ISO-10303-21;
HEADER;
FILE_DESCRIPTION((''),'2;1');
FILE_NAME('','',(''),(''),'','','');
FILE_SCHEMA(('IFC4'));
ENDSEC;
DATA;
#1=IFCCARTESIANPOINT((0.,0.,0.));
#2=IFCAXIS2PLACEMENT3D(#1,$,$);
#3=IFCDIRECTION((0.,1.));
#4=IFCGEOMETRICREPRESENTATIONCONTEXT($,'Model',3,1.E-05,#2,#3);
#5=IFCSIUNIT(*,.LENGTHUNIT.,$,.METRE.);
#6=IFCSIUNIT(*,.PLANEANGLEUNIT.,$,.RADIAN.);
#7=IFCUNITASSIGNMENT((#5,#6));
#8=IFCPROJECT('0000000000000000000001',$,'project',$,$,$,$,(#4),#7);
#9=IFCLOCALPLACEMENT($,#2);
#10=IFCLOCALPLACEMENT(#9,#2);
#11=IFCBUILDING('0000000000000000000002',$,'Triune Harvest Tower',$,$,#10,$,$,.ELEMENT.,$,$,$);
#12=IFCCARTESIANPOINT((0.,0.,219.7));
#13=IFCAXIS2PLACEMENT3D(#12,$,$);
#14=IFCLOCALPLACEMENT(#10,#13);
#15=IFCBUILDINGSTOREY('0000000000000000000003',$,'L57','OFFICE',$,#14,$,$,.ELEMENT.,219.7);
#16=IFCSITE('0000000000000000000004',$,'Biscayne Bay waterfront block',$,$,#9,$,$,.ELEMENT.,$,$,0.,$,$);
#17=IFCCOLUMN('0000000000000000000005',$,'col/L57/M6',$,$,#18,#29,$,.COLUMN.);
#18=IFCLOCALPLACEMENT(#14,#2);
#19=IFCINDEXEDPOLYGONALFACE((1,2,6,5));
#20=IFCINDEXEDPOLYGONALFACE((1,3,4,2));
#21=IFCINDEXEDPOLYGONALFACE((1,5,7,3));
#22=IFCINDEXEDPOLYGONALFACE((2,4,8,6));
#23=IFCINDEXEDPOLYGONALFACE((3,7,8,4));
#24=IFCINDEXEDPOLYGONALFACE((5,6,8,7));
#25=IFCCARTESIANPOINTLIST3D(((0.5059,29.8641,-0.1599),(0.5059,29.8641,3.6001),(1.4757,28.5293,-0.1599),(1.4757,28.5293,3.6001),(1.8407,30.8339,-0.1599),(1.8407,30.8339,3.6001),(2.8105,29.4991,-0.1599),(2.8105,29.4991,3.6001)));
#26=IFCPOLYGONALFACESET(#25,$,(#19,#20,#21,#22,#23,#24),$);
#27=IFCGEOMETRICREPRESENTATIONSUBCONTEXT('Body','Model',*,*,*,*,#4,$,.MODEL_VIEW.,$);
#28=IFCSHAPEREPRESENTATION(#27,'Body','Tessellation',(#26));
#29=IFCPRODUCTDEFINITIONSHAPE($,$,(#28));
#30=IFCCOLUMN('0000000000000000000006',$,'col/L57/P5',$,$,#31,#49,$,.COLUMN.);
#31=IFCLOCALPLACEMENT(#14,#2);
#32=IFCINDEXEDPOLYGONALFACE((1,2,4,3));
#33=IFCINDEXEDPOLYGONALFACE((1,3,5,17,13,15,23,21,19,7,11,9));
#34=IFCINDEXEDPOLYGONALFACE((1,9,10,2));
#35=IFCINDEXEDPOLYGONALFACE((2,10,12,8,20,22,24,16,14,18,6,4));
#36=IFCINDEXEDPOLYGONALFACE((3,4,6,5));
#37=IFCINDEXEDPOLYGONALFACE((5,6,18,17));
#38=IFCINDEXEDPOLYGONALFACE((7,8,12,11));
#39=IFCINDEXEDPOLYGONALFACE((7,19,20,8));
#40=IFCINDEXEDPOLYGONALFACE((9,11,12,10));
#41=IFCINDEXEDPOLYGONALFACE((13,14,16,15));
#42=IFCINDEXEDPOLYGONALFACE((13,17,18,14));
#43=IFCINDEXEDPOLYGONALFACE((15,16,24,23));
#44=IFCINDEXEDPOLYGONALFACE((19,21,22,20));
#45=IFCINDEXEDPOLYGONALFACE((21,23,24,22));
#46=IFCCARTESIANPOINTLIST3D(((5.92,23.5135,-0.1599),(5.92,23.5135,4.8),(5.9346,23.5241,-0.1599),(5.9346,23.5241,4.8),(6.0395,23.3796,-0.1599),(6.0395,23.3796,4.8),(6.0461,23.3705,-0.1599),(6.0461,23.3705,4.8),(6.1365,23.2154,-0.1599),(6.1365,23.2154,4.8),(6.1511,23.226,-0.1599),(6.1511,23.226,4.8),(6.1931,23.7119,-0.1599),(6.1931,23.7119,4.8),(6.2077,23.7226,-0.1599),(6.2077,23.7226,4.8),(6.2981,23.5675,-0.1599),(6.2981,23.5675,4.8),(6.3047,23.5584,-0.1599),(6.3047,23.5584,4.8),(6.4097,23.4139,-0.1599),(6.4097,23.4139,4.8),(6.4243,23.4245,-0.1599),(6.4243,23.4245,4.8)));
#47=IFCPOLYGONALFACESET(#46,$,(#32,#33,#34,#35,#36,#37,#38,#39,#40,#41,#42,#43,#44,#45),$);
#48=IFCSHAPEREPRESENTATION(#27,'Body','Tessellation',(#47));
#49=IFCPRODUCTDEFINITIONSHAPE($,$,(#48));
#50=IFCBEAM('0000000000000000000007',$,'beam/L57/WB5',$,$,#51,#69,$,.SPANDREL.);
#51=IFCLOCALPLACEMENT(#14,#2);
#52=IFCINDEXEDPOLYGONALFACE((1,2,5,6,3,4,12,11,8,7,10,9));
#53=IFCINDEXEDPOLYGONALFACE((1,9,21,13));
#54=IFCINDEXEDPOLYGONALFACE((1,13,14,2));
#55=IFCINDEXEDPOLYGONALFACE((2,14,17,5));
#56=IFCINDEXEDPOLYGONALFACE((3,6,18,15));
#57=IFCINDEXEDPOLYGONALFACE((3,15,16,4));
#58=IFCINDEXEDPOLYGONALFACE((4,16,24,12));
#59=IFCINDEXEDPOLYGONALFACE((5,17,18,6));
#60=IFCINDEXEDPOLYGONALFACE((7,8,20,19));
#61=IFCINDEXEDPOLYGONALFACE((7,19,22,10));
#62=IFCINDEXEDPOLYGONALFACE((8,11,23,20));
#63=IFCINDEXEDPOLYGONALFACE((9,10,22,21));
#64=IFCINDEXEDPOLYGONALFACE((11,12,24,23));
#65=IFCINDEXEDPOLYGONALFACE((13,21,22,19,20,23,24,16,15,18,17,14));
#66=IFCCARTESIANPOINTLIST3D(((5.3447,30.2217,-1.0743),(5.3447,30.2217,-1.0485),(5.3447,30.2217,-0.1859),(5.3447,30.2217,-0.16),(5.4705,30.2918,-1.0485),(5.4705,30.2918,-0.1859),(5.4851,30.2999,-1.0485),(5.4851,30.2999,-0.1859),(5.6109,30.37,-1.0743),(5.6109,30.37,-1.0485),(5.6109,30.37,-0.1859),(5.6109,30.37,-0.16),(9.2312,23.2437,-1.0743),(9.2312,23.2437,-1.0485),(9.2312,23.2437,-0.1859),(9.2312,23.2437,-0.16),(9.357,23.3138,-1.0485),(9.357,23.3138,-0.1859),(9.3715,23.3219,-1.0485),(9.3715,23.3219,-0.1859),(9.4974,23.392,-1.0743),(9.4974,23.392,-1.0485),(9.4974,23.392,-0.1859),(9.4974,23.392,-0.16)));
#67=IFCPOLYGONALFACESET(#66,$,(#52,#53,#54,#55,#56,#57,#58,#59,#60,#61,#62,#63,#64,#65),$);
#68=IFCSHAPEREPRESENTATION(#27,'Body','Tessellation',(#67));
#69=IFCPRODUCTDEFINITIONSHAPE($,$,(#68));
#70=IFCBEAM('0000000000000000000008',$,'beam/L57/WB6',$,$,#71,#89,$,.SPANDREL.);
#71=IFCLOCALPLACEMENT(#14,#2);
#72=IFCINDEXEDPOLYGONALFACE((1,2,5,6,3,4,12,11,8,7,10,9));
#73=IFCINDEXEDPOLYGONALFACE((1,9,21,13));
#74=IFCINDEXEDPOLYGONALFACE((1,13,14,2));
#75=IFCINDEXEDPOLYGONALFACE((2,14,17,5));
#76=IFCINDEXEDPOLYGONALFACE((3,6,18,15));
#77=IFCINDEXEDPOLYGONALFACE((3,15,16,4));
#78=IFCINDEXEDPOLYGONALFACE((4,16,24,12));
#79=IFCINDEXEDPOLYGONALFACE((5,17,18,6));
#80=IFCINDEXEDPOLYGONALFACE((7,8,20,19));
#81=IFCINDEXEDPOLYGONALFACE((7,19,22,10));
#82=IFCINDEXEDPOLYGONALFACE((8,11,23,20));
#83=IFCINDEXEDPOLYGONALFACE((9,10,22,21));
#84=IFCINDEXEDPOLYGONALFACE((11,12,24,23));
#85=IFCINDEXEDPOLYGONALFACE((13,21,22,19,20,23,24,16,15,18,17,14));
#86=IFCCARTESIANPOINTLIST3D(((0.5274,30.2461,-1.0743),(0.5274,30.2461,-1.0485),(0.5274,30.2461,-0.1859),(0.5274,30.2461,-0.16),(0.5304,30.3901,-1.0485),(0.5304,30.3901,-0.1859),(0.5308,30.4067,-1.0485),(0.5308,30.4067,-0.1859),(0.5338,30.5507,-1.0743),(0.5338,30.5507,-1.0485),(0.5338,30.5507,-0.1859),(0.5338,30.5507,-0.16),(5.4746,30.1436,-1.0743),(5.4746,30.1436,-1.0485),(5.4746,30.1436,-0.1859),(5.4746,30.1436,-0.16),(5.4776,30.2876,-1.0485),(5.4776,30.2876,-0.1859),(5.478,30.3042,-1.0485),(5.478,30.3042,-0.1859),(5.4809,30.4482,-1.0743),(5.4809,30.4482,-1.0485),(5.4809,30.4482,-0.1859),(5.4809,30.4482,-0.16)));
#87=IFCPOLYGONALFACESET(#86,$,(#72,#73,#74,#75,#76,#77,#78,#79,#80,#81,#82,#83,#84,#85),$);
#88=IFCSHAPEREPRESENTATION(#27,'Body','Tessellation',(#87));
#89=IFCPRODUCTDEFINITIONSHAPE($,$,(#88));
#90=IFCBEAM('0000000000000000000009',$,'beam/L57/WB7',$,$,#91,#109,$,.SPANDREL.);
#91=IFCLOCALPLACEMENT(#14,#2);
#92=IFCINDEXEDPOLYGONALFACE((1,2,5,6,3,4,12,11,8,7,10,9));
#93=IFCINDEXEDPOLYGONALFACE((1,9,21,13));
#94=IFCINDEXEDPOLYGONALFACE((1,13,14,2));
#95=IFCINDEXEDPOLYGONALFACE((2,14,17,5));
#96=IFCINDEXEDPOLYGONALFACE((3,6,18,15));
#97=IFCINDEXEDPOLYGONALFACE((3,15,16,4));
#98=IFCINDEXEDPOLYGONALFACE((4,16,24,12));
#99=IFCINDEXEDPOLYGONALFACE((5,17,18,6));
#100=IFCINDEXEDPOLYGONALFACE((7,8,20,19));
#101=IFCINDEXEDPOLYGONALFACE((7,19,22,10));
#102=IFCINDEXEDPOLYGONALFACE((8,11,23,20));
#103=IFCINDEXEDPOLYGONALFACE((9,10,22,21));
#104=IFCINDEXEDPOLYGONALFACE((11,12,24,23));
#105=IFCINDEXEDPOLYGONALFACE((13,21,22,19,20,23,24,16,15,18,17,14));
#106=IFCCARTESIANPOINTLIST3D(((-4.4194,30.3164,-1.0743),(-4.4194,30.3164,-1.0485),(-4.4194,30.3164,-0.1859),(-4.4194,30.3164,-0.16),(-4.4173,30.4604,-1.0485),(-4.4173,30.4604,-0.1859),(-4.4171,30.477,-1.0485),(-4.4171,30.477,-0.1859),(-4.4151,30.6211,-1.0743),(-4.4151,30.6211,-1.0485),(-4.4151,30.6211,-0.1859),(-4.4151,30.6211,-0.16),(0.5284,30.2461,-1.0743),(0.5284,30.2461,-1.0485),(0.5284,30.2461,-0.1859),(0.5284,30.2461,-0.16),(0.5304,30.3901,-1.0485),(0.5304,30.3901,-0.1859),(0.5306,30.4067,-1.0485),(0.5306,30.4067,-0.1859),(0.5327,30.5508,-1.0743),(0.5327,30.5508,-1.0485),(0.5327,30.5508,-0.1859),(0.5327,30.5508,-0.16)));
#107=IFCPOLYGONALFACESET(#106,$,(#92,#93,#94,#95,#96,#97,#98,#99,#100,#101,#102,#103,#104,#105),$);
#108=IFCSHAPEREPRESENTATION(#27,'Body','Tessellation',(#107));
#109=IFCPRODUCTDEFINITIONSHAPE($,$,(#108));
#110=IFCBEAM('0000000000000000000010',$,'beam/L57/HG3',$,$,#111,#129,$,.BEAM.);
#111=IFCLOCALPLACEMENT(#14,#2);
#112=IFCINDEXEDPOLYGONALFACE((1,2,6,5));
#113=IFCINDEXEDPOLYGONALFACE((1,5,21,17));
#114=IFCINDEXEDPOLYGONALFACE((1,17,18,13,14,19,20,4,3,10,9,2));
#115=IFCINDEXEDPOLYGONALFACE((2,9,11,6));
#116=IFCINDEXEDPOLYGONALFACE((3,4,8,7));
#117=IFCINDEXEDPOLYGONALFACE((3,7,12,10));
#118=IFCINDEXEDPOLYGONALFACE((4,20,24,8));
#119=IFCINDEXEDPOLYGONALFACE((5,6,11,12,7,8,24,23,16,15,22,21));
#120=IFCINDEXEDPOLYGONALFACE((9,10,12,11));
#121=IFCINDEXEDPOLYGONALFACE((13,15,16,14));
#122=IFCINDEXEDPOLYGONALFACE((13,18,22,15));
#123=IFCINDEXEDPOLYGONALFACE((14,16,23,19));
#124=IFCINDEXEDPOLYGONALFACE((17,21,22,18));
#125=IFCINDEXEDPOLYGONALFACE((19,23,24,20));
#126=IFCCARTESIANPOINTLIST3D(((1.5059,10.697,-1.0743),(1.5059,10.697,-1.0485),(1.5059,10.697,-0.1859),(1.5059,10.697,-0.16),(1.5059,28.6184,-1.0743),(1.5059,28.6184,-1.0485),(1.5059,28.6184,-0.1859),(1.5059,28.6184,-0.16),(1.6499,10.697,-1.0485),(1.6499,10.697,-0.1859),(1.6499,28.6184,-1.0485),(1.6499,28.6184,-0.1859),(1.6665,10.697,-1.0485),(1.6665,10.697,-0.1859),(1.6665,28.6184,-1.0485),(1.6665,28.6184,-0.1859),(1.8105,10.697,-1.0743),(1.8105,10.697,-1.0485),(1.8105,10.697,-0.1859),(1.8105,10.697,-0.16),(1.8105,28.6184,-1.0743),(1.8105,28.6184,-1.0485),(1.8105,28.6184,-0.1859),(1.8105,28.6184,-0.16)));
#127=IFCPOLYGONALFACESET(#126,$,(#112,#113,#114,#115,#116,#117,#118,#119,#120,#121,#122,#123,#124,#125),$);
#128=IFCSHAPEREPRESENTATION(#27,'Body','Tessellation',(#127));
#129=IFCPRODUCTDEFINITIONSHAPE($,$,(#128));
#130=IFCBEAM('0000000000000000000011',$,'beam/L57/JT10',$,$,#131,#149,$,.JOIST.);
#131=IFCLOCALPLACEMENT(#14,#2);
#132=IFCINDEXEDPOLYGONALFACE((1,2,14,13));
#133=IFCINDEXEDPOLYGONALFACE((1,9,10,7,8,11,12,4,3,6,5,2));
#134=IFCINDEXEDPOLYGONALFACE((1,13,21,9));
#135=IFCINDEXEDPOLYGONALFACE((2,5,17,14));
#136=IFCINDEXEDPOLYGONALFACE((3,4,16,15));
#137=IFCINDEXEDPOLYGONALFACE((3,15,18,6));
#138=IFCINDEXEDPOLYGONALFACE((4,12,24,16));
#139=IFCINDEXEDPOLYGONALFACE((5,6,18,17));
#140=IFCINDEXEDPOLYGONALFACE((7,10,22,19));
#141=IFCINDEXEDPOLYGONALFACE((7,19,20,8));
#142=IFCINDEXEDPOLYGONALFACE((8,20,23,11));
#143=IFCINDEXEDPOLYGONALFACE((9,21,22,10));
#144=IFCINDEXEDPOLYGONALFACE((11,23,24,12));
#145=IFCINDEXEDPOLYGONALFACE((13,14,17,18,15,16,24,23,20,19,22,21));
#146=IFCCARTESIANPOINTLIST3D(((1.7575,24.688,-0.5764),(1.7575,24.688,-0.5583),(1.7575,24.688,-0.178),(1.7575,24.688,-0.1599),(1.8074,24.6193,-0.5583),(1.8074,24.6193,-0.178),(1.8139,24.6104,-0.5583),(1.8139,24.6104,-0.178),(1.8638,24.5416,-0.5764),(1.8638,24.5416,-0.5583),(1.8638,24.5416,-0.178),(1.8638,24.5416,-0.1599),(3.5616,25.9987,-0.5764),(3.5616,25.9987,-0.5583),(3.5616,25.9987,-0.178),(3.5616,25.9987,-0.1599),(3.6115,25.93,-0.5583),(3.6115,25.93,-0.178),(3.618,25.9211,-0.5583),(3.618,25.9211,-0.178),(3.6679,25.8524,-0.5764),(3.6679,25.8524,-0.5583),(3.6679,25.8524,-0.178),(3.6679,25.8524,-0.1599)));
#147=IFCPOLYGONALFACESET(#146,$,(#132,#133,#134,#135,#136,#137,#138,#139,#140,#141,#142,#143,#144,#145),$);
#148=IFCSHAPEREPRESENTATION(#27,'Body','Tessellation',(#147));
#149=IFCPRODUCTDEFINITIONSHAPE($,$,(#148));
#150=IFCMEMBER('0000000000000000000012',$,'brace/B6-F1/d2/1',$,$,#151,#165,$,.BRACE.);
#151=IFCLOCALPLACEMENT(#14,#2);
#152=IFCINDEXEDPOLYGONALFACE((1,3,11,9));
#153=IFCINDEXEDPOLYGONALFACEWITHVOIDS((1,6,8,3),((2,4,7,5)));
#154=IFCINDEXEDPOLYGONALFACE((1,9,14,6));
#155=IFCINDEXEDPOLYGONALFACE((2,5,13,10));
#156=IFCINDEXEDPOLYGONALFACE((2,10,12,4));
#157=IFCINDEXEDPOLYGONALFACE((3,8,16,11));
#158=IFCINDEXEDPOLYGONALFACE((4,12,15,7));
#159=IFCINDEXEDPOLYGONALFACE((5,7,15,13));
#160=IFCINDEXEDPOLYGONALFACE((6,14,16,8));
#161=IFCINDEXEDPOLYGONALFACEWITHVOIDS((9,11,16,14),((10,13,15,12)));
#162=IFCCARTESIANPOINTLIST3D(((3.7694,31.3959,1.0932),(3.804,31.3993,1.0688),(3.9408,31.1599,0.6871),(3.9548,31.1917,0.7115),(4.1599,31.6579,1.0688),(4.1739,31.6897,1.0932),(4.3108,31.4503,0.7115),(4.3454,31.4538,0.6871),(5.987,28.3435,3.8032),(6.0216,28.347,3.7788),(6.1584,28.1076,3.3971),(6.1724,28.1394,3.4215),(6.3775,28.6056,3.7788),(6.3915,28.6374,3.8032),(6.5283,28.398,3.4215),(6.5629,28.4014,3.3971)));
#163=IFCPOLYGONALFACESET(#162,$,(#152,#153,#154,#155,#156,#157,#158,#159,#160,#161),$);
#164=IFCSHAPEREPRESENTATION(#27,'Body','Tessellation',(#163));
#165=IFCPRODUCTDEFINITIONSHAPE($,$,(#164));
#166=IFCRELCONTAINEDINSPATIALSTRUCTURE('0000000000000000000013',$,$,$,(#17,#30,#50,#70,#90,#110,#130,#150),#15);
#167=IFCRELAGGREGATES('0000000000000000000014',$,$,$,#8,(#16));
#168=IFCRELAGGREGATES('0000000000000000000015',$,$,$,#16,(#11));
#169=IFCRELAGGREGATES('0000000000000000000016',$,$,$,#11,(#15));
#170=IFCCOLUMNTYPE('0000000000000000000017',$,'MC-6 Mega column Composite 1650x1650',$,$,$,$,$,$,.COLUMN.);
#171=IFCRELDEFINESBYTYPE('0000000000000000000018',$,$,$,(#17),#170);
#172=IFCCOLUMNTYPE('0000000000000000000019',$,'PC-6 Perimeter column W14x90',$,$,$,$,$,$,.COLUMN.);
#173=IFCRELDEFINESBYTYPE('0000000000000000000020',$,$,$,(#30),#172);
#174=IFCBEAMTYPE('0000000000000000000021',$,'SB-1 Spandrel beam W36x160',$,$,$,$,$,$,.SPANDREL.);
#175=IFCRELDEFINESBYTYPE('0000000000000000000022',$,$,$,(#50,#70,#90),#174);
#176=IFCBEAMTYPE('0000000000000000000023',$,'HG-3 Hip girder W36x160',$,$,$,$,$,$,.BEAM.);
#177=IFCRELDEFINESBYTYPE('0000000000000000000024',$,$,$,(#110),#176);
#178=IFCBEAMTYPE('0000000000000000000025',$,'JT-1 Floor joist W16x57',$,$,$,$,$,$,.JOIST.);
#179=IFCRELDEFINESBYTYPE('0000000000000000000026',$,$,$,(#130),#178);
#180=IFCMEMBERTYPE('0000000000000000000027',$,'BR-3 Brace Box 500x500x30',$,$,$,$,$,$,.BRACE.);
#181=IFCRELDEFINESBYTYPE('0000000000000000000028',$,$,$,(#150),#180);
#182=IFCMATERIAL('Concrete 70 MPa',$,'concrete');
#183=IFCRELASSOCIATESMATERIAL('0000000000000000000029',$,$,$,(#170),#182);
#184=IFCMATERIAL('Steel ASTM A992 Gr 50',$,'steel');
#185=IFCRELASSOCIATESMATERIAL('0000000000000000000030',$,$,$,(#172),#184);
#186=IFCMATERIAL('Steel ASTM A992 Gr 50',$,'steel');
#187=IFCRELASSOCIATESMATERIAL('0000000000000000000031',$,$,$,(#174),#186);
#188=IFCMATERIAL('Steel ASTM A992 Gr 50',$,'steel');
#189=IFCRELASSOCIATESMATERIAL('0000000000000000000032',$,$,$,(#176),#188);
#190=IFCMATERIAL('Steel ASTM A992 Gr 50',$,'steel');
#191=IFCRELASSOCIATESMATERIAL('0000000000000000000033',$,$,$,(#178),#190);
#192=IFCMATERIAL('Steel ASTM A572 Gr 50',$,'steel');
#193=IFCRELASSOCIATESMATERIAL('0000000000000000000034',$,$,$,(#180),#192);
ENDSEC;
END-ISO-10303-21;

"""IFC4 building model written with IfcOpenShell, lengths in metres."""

from ifc_helpers import new_model, si_unit, direction, frame, origin, origin_2d, place, context, subcontext, project, spatial, rectangle, hollow_rectangle, i_section, extrude, source, transform, mapped, material, material_profile, profile_set, type_object, element, save


model = new_model("IFC4")

# Units and contexts
model_context = context("Model", 3, precision=1e-05, world=origin(), true_north=direction((0.0, 1.0)))
body_context = subcontext(model_context, "Body", "Model", "MODEL_VIEW")
ifc_project = project(units=[si_unit("LENGTHUNIT", "METRE"), si_unit("PLANEANGLEUNIT", "RADIAN")], contexts=[model_context])

# Site, building, storey
site_placement = place(None, origin())
site = spatial("IfcSite", under=ifc_project, at=site_placement, Name="Biscayne Bay waterfront block", CompositionType="ELEMENT", RefElevation=0.0)
building_placement = place(site_placement, origin())
building = spatial("IfcBuilding", under=site, at=building_placement, Name="Triune Harvest Tower", CompositionType="ELEMENT")
storey_placement = place(building_placement, frame((0.0, 0.0, 219.7)))
storey = spatial("IfcBuildingStorey", under=building, at=storey_placement, Name="L57", Description="OFFICE", CompositionType="ELEMENT", Elevation=219.7)

# Columns
ifc_material_1 = material(Name="Concrete 70 MPa", Category="concrete")
ifc_material_profile_1 = material_profile(ifc_material_1, rectangle(XDim=1.6499, YDim=1.6499, at=origin_2d()), Name="Composite 1650x1650")
ifc_profile_set_1 = profile_set([ifc_material_profile_1], Name="Concrete 70 MPa")
column_type_1 = type_object("IfcColumnType", Name="MC-6 Mega column Composite 1650x1650", PredefinedType="COLUMN", material=ifc_profile_set_1)
shared_shape_1 = source(origin(), body_context, "Body", "SweptSolid", [
    extrude(rectangle(XDim=1.6499, YDim=1.6499, at=origin_2d()), origin(), (0.0, 0.0, 1.0), 3.76),
])
column_1_placement = place(storey_placement, frame((1.6582, 29.6816, -0.1599), z_axis=(0.0, 0.0, 1.0), x_axis=(-0.587785, 0.809017, 0.0)))
element("IfcColumn", 1, at=column_1_placement, inside=storey, type_object=column_type_1, Name="col/L57/M6", PredefinedType="COLUMN", context=body_context, shape_type="MappedRepresentation", body=[
    mapped(shared_shape_1, transform((0.0, 0.0, 0.0), scale=1.0)),
])
ifc_material_2 = material(Name="Steel ASTM A992 Gr 50", Category="steel")
ifc_material_profile_2 = material_profile(ifc_material_2, i_section(OverallWidth=0.3684, OverallDepth=0.3557, WebThickness=0.0112, FlangeThickness=0.0181, at=origin_2d()), Name="W14x90")
ifc_profile_set_2 = profile_set([ifc_material_profile_2], Name="Steel ASTM A992 Gr 50")
column_type_2 = type_object("IfcColumnType", Name="PC-6 Perimeter column W14x90", PredefinedType="COLUMN", material=ifc_profile_set_2)
shared_shape_2 = source(origin(), body_context, "Body", "SweptSolid", [
    extrude(i_section(OverallWidth=0.3684, OverallDepth=0.3557, WebThickness=0.0112, FlangeThickness=0.0181, at=origin_2d()), origin(), (0.0, 0.0, 1.0), 4.96),
])
column_2_placement = place(storey_placement, frame((6.1721, 23.469, -0.1599), z_axis=(0.0, 0.0, 1.0), x_axis=(-0.587785, 0.809017, 0.0)))
element("IfcColumn", 2, at=column_2_placement, inside=storey, type_object=column_type_2, Name="col/L57/P5", PredefinedType="COLUMN", context=body_context, shape_type="MappedRepresentation", body=[
    mapped(shared_shape_2, transform((0.0, 0.0, 0.0), scale=1.0)),
])

# Beams
ifc_material_3 = material(Name="Steel ASTM A992 Gr 50", Category="steel")
ifc_material_profile_3 = material_profile(ifc_material_3, i_section(OverallWidth=0.3047, OverallDepth=0.9143, WebThickness=0.0166, FlangeThickness=0.0259, at=origin_2d()), Name="W36x160")
ifc_profile_set_3 = profile_set([ifc_material_profile_3], Name="Steel ASTM A992 Gr 50")
beam_type_1 = type_object("IfcBeamType", Name="SB-1 Spandrel beam W36x160", PredefinedType="SPANDREL", material=ifc_profile_set_3)
shared_shape_3 = source(origin(), body_context, "Body", "SweptSolid", [
    extrude(i_section(OverallWidth=0.3047, OverallDepth=0.9143, WebThickness=0.0166, FlangeThickness=0.0259, at=origin_2d()), origin(), (0.0, 0.0, 1.0), 7.9873),
])
beam_1_placement = place(storey_placement, frame((9.3643, 23.3179, -0.6172), z_axis=(-0.48658, 0.873636, 0.0), x_axis=(-0.873636, -0.48658, 0.0)))
element("IfcBeam", 3, at=beam_1_placement, inside=storey, type_object=beam_type_1, Name="beam/L57/WB5", PredefinedType="SPANDREL", context=body_context, shape_type="MappedRepresentation", body=[
    mapped(shared_shape_3, transform((0.0, 0.0, 0.0), scale=1.0)),
])
shared_shape_4 = source(origin(), body_context, "Body", "SweptSolid", [
    extrude(i_section(OverallWidth=0.3047, OverallDepth=0.9143, WebThickness=0.0166, FlangeThickness=0.0259, at=origin_2d()), origin(), (0.0, 0.0, 1.0), 4.9482),
])
for number, where, z_axis, x_axis, name in (
    (4, (5.4778, 30.2959, -0.6172), (-0.999785, 0.020722, 0.0), (-0.020722, -0.999785, 0.0), "beam/L57/WB6"),
    (5, (0.5305, 30.3984, -0.6172), (-0.999899, 0.01421, 0.0), (-0.01421, -0.999899, 0.0), "beam/L57/WB7"),
):
    element("IfcBeam", number, at=place(storey_placement, frame(where, z_axis=z_axis, x_axis=x_axis)), inside=storey, type_object=beam_type_1, Name=name, PredefinedType="SPANDREL", context=body_context, shape_type="MappedRepresentation", body=[
        mapped(shared_shape_4, transform((0.0, 0.0, 0.0), scale=1.0)),
    ])
ifc_material_4 = material(Name="Steel ASTM A992 Gr 50", Category="steel")
ifc_material_profile_4 = material_profile(ifc_material_4, i_section(OverallWidth=0.3047, OverallDepth=0.9143, WebThickness=0.0166, FlangeThickness=0.0259, at=origin_2d()), Name="W36x160")
ifc_profile_set_4 = profile_set([ifc_material_profile_4], Name="Steel ASTM A992 Gr 50")
beam_type_2 = type_object("IfcBeamType", Name="HG-3 Hip girder W36x160", PredefinedType="BEAM", material=ifc_profile_set_4)
shared_shape_5 = source(origin(), body_context, "Body", "SweptSolid", [
    extrude(i_section(OverallWidth=0.3047, OverallDepth=0.9143, WebThickness=0.0166, FlangeThickness=0.0259, at=origin_2d()), origin(), (0.0, 0.0, 1.0), 17.9214),
])
beam_2_placement = place(storey_placement, frame((1.6582, 28.6184, -0.6172), z_axis=(0.0, -1.0, 0.0), x_axis=(1.0, 0.0, 0.0)))
element("IfcBeam", 6, at=beam_2_placement, inside=storey, type_object=beam_type_2, Name="beam/L57/HG3", PredefinedType="BEAM", context=body_context, shape_type="MappedRepresentation", body=[
    mapped(shared_shape_5, transform((0.0, 0.0, 0.0), scale=1.0)),
])
ifc_material_5 = material(Name="Steel ASTM A992 Gr 50", Category="steel")
ifc_material_profile_5 = material_profile(ifc_material_5, i_section(OverallWidth=0.1809, OverallDepth=0.4165, WebThickness=0.011, FlangeThickness=0.0181, at=origin_2d()), Name="W16x57")
ifc_profile_set_5 = profile_set([ifc_material_profile_5], Name="Steel ASTM A992 Gr 50")
beam_type_3 = type_object("IfcBeamType", Name="JT-1 Floor joist W16x57", PredefinedType="JOIST", material=ifc_profile_set_5)
shared_shape_6 = source(origin(), body_context, "Body", "SweptSolid", [
    extrude(i_section(OverallWidth=0.1809, OverallDepth=0.4165, WebThickness=0.011, FlangeThickness=0.0181, at=origin_2d()), origin(), (0.0, 0.0, 1.0), 2.23),
])
beam_3_placement = place(storey_placement, frame((3.6147, 25.9255, -0.3682), z_axis=(-0.809025, -0.587775, 0.0), x_axis=(0.587775, -0.809025, 0.0)))
element("IfcBeam", 7, at=beam_3_placement, inside=storey, type_object=beam_type_3, Name="beam/L57/JT10", PredefinedType="JOIST", context=body_context, shape_type="MappedRepresentation", body=[
    mapped(shared_shape_6, transform((0.0, 0.0, 0.0), scale=1.0)),
])

# Member
ifc_material_6 = material(Name="Steel ASTM A572 Gr 50", Category="steel")
ifc_material_profile_6 = material_profile(ifc_material_6, hollow_rectangle(XDim=0.5, YDim=0.5, WallThickness=0.03, at=origin_2d()), Name="Box 500x500x30")
ifc_profile_set_6 = profile_set([ifc_material_profile_6], Name="Steel ASTM A572 Gr 50")
member_type_1 = type_object("IfcMemberType", Name="BR-3 Brace Box 500x500x30", PredefinedType="BRACE", material=ifc_profile_set_6)
shared_shape_7 = source(origin(), body_context, "Body", "SweptSolid", [
    extrude(hollow_rectangle(XDim=0.5, YDim=0.5, WallThickness=0.03, at=origin_2d()), origin(), (0.0, 0.0, 1.0), 4.6453),
])
member_1_placement = place(storey_placement, frame((4.0574, 31.4248, 0.8901), z_axis=(0.477385, -0.657081, 0.583394), x_axis=(0.809024, 0.587775, 0.0)))
element("IfcMember", 8, at=member_1_placement, inside=storey, type_object=member_type_1, Name="brace/B6-F1/d2/1", PredefinedType="BRACE", context=body_context, shape_type="MappedRepresentation", body=[
    mapped(shared_shape_7, transform((0.0, 0.0, 0.0), scale=1.0)),
])

save(model, "model.ifc")
